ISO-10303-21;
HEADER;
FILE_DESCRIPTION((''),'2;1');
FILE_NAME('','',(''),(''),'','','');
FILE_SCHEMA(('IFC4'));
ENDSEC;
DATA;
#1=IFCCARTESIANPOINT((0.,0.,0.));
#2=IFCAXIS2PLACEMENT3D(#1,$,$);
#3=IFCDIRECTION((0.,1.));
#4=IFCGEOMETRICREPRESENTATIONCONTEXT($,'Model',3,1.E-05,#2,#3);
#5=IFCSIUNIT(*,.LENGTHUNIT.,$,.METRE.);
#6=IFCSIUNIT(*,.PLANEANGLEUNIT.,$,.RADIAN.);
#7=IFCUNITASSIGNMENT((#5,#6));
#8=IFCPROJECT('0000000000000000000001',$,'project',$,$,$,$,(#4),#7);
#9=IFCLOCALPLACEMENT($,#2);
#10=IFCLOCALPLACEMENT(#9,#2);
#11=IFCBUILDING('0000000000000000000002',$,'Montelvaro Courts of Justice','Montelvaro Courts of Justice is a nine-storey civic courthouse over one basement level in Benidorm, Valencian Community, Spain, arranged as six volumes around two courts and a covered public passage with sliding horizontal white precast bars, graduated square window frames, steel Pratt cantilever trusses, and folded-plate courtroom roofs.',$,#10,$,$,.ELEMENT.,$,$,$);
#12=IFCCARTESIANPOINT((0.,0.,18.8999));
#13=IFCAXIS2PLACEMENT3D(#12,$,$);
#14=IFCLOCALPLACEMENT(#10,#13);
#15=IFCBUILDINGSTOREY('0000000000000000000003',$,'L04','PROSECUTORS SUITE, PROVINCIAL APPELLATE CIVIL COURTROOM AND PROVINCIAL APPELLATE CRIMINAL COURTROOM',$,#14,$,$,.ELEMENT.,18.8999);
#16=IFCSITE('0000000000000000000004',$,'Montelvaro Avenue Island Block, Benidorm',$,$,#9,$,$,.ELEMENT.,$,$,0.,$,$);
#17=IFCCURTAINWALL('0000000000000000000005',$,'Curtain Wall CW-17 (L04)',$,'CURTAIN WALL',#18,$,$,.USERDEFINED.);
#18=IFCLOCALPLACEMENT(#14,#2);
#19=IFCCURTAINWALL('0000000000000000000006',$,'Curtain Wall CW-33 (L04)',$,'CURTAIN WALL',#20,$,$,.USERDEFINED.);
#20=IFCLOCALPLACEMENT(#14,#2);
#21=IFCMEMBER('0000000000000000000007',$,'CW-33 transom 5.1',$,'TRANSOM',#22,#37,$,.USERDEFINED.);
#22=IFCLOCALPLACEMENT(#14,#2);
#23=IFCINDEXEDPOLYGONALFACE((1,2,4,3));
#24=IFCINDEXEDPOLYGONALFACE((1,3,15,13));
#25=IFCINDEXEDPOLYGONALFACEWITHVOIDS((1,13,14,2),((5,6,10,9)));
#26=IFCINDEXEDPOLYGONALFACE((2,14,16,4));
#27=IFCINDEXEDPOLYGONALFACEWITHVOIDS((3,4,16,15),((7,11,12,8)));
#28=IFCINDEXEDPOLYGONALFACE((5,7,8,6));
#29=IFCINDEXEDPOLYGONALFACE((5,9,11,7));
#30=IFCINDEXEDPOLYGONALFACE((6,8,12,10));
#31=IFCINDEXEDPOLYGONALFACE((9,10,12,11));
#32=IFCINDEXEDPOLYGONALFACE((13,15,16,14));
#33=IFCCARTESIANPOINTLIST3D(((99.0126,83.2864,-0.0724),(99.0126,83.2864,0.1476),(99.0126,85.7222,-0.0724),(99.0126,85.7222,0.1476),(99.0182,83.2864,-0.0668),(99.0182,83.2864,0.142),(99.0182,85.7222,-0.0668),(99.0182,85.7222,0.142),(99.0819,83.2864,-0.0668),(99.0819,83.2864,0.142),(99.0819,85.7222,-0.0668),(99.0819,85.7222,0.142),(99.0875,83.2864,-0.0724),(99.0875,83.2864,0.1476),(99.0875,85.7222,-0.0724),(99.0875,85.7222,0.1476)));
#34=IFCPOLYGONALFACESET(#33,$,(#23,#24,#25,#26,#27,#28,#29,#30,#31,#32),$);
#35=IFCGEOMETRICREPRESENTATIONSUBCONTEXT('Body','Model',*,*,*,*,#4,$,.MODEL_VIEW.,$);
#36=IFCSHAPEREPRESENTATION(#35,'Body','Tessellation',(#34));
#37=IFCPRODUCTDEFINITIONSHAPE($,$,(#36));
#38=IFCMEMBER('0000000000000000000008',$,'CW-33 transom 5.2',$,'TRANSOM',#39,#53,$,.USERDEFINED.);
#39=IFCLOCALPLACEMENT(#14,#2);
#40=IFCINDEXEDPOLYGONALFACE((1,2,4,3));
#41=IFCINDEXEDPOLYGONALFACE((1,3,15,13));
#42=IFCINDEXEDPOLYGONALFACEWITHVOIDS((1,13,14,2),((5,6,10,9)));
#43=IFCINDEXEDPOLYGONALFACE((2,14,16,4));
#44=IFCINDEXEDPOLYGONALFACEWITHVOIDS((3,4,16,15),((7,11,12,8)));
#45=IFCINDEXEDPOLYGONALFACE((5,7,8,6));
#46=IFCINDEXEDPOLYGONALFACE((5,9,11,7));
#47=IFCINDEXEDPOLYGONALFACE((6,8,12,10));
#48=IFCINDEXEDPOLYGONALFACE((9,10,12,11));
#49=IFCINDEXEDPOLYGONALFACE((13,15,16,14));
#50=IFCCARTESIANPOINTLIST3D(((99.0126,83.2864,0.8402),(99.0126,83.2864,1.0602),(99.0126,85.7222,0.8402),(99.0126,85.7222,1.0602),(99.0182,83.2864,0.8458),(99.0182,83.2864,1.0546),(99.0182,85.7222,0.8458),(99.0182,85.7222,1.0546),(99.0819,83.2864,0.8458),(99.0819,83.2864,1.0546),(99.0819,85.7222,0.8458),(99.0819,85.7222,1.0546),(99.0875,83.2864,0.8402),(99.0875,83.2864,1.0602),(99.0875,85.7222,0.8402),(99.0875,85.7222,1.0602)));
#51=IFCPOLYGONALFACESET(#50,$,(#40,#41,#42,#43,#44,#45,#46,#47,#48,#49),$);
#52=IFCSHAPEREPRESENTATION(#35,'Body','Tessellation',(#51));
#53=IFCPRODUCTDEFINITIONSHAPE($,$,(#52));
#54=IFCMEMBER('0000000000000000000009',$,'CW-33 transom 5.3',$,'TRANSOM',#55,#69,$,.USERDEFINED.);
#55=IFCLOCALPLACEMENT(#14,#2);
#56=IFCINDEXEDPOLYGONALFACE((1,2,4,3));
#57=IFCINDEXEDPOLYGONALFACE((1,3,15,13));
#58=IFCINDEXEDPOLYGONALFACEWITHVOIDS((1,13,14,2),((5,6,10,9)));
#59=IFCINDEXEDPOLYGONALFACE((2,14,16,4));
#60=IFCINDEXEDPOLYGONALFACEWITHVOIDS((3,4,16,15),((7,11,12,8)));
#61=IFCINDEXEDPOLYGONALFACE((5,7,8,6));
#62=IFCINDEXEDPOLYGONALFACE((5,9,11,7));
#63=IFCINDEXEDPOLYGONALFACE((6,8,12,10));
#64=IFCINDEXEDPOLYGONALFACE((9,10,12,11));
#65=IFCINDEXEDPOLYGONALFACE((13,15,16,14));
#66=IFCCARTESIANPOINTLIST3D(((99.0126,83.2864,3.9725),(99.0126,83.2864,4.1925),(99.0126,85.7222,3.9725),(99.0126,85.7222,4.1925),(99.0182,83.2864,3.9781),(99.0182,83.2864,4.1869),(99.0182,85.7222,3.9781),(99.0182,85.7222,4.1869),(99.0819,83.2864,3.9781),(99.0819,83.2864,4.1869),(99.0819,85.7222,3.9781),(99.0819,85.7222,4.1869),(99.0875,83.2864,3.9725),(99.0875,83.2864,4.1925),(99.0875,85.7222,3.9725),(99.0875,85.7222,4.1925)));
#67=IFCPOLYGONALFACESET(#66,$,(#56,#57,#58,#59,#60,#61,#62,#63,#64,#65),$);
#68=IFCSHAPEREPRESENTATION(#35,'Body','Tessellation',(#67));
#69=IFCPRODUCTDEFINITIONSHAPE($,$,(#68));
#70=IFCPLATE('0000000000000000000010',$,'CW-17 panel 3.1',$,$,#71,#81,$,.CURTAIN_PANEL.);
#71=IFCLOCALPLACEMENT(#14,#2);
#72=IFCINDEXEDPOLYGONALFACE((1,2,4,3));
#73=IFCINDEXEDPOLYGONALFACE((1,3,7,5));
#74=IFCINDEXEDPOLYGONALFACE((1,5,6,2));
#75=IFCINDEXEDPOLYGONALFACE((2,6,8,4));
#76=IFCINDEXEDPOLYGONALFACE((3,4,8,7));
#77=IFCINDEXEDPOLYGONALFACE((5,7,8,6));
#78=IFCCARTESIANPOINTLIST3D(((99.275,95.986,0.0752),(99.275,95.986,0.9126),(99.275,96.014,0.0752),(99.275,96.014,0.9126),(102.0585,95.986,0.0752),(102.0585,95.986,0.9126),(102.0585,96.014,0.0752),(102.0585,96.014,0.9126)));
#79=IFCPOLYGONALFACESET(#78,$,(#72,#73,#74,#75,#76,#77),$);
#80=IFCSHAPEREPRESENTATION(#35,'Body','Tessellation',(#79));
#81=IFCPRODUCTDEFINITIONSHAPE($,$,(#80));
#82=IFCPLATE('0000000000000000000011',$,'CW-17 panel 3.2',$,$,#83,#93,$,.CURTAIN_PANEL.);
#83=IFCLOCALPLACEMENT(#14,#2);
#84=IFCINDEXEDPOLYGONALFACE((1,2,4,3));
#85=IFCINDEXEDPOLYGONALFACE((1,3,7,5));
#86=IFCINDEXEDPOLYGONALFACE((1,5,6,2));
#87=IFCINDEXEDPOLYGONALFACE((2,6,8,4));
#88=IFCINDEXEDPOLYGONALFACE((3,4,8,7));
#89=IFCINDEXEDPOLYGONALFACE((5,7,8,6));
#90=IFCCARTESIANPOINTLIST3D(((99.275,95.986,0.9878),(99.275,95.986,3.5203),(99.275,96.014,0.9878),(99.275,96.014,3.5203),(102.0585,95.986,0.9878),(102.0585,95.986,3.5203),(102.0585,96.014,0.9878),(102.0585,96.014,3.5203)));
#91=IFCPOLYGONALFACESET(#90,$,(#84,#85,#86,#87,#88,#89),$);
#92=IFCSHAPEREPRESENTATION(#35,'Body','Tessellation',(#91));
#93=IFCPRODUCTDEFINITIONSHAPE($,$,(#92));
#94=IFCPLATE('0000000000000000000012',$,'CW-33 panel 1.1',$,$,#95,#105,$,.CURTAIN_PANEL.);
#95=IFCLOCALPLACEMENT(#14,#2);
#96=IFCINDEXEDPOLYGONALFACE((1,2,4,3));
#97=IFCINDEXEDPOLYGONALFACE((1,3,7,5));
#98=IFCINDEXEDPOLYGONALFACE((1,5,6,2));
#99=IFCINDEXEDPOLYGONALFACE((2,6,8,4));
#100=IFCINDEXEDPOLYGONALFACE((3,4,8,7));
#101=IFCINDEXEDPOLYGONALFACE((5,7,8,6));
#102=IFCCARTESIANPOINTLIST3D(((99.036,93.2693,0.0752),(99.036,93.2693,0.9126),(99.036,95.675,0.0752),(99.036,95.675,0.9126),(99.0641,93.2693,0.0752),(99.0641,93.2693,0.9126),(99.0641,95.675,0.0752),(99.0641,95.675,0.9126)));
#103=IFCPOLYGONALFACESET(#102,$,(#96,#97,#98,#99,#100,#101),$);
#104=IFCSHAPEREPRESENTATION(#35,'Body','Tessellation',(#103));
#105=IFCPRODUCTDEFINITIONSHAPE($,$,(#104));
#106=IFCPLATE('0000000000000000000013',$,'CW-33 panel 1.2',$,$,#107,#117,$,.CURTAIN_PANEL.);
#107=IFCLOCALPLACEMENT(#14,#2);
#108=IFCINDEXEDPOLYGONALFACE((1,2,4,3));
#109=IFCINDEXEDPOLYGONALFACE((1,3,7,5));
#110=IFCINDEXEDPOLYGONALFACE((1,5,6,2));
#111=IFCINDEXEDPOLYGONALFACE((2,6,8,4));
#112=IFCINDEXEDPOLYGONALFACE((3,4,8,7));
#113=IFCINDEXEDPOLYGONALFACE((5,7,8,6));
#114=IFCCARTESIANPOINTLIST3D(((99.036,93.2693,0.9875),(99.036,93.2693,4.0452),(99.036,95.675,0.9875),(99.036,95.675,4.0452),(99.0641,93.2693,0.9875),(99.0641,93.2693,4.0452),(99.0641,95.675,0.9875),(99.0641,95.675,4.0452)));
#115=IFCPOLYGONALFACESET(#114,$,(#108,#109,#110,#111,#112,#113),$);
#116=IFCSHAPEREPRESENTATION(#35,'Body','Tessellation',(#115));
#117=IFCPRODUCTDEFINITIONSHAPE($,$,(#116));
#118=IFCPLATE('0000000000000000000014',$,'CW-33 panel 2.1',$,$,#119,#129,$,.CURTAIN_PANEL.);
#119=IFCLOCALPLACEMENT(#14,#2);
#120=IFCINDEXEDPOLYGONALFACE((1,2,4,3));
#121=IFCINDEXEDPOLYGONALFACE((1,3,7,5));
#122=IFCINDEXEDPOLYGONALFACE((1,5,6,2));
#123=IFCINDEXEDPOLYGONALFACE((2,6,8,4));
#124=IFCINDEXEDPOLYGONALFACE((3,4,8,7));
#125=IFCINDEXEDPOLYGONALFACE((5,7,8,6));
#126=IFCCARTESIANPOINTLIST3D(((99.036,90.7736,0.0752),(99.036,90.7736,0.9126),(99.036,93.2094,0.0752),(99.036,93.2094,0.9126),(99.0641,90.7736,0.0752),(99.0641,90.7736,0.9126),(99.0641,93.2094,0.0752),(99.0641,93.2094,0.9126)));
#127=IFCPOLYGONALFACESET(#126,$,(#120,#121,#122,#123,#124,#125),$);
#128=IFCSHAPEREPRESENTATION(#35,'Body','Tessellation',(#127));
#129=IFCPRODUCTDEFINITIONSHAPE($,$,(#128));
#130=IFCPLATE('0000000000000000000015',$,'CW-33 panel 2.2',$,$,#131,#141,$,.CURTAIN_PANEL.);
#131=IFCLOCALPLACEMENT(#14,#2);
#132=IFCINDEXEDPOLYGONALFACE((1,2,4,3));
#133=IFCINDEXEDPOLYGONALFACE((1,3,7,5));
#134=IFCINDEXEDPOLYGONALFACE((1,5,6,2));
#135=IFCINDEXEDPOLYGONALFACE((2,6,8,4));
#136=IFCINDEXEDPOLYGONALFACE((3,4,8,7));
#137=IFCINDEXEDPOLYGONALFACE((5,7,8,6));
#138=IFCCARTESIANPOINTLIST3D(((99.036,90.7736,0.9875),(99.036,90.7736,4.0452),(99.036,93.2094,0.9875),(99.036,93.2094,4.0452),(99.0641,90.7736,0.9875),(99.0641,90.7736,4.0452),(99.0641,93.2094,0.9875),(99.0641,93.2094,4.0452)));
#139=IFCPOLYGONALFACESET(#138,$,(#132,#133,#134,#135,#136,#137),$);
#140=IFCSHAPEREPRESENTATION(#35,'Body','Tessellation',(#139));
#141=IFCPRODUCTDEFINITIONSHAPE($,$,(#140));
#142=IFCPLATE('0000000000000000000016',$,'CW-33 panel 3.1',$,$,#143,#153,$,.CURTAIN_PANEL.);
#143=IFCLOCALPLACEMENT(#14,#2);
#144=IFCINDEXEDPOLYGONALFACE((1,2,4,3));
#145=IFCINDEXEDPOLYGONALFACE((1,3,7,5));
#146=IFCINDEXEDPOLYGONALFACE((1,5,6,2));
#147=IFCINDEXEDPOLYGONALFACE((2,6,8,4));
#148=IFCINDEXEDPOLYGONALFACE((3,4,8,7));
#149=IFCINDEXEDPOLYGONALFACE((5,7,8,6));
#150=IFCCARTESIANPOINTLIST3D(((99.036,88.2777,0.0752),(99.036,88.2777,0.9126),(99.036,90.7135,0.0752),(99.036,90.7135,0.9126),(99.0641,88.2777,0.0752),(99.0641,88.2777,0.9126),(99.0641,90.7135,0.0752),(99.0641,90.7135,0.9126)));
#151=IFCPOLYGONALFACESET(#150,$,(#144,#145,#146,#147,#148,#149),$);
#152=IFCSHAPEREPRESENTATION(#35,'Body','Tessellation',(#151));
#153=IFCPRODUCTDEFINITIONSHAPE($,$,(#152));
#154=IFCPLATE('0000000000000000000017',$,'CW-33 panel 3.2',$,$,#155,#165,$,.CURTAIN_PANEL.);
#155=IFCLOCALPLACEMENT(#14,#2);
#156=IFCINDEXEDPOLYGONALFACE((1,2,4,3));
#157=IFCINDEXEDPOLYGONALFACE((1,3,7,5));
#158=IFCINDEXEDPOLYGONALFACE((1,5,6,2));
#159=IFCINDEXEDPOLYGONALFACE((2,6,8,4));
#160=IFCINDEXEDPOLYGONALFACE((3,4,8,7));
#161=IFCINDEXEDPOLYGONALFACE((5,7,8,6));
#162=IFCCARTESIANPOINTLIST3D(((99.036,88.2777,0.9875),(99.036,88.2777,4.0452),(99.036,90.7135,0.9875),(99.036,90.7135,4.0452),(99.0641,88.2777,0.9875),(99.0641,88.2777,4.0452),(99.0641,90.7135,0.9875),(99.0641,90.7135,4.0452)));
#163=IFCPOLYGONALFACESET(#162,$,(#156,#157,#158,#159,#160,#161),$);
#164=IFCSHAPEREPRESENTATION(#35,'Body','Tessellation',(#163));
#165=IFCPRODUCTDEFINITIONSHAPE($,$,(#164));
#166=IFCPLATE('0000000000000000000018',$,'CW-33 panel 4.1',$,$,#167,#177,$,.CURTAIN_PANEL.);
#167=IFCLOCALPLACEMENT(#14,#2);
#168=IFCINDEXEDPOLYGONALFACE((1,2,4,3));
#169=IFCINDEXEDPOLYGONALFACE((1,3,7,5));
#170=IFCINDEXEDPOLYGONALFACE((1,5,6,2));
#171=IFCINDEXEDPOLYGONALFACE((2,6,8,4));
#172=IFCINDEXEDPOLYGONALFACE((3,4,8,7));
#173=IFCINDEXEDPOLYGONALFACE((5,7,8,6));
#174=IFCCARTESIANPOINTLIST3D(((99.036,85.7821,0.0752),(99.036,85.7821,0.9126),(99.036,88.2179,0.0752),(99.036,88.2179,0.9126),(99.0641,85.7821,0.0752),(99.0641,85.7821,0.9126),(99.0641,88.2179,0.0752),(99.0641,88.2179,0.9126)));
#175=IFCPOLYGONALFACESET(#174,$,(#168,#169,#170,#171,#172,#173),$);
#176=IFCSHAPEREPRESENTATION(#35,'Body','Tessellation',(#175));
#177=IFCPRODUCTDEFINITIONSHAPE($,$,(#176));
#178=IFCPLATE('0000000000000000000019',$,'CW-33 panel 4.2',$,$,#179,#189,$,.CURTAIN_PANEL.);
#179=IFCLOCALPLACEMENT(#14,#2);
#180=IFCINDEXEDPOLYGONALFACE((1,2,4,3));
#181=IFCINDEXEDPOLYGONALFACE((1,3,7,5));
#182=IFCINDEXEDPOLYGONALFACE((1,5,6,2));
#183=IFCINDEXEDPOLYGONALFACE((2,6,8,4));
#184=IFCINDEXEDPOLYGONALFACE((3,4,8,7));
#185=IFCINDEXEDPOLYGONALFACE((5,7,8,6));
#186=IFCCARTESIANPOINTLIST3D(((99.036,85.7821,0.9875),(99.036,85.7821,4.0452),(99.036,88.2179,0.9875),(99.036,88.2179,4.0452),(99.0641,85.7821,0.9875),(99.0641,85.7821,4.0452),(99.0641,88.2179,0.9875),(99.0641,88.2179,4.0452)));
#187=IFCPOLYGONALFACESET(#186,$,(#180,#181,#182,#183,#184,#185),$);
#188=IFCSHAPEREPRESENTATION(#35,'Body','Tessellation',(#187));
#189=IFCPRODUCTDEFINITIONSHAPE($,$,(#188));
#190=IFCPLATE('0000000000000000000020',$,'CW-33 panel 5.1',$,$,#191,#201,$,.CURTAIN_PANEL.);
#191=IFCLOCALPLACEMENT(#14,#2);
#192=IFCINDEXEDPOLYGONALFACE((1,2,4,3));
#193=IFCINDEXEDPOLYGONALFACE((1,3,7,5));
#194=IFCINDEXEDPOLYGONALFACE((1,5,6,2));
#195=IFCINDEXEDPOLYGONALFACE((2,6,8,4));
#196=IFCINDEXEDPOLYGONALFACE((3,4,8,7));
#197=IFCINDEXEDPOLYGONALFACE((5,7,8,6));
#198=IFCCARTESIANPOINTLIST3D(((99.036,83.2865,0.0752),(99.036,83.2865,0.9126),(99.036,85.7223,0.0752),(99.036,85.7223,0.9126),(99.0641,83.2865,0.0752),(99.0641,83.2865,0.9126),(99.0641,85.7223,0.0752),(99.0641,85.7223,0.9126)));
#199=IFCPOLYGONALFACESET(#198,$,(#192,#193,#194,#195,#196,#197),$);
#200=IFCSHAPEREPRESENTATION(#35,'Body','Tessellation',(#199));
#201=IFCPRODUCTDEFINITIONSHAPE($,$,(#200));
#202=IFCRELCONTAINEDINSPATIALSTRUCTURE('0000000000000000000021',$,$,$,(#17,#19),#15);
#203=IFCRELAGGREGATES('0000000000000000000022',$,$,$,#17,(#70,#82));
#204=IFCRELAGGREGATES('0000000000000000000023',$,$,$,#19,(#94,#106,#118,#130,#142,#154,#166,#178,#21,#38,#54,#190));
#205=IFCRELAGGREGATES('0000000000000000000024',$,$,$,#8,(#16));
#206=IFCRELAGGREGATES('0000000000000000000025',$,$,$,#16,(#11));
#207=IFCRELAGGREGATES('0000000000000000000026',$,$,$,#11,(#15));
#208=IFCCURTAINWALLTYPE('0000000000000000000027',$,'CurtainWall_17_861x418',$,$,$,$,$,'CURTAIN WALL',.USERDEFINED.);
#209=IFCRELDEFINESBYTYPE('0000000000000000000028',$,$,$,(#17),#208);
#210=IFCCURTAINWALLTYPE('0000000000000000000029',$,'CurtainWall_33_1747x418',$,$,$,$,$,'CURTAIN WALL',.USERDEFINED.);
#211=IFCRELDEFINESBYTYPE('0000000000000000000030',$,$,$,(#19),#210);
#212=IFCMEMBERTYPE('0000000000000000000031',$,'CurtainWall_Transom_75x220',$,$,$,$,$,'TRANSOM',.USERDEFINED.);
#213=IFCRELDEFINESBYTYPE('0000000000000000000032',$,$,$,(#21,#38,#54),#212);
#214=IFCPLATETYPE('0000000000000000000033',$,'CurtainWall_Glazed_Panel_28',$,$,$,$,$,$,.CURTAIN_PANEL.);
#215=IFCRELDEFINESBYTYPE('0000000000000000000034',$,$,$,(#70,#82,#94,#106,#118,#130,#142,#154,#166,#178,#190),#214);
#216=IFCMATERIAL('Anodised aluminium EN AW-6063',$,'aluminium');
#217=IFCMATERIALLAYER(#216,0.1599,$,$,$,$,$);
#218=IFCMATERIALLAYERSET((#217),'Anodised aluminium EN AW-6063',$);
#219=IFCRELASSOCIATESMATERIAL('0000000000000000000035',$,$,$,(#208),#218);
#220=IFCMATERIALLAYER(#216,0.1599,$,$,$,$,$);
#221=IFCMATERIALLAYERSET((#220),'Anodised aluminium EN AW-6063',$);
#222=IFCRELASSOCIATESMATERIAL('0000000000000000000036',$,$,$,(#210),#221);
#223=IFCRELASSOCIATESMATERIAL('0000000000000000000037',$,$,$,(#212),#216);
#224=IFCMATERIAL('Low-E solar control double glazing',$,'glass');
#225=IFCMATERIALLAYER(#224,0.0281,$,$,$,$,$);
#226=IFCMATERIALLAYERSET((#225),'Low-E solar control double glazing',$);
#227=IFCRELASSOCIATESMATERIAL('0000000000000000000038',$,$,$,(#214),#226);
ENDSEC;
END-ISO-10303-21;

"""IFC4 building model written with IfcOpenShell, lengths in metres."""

from ifc_helpers import new_model, si_unit, direction, frame, origin, origin_2d, place, context, subcontext, project, spatial, rectangle, hollow_rectangle, extrude, material, layer, layer_set, material_profile, profile_set, type_object, element, aggregate, save


model = new_model("IFC4")

# Units and contexts
model_context = context("Model", 3, precision=1e-05, world=origin(), true_north=direction((0.0, 1.0)))
body_context = subcontext(model_context, "Body", "Model", "MODEL_VIEW")
ifc_project = project(units=[si_unit("LENGTHUNIT", "METRE"), si_unit("PLANEANGLEUNIT", "RADIAN")], contexts=[model_context])

# Site, building, storey
site_placement = place(None, origin())
site = spatial("IfcSite", under=ifc_project, at=site_placement, Name="Montelvaro Avenue Island Block, Benidorm", CompositionType="ELEMENT", RefElevation=0.0)
building_placement = place(site_placement, origin())
building = spatial("IfcBuilding", under=site, at=building_placement, Name="Montelvaro Courts of Justice", Description="Montelvaro Courts of Justice is a nine-storey civic courthouse over one basement level in Benidorm, Valencian Community, Spain, arranged as six volumes around two courts and a covered public passage with sliding horizontal white precast bars, graduated square window frames, steel Pratt cantilever trusses, and folded-plate courtroom roofs.", CompositionType="ELEMENT")
storey_placement = place(building_placement, frame((0.0, 0.0, 18.8999)))
storey = spatial("IfcBuildingStorey", under=building, at=storey_placement, Name="L04", Description="PROSECUTORS SUITE, PROVINCIAL APPELLATE CIVIL COURTROOM AND PROVINCIAL APPELLATE CRIMINAL COURTROOM", CompositionType="ELEMENT", Elevation=18.8999)

# Curtain wall
ifc_material_1 = material(Name="Anodised aluminium EN AW-6063", Category="aluminium")
ifc_layer_1 = layer(ifc_material_1, 0.1599)
ifc_layer_set_1 = layer_set([ifc_layer_1], Name="Anodised aluminium EN AW-6063")
curtain_wall_type_1 = type_object("IfcCurtainWallType", Name="CurtainWall_17_861x418", ElementType="CURTAIN WALL", PredefinedType="USERDEFINED", material=ifc_layer_set_1)
curtain_wall_1_placement = place(storey_placement, origin())
curtain_wall_1 = element("IfcCurtainWall", 1, at=curtain_wall_1_placement, inside=storey, type_object=curtain_wall_type_1, Name="Curtain Wall CW-17 (L04)", ObjectType="CURTAIN WALL", PredefinedType="USERDEFINED")

# Curtain wall, members
ifc_layer_2 = layer(ifc_material_1, 0.1599)
ifc_layer_set_2 = layer_set([ifc_layer_2], Name="Anodised aluminium EN AW-6063")
curtain_wall_type_2 = type_object("IfcCurtainWallType", Name="CurtainWall_33_1747x418", ElementType="CURTAIN WALL", PredefinedType="USERDEFINED", material=ifc_layer_set_2)
curtain_wall_2_placement = place(storey_placement, origin())
curtain_wall_2 = element("IfcCurtainWall", 2, at=curtain_wall_2_placement, inside=storey, type_object=curtain_wall_type_2, Name="Curtain Wall CW-33 (L04)", ObjectType="CURTAIN WALL", PredefinedType="USERDEFINED")
ifc_material_profile_1 = material_profile(ifc_material_1, hollow_rectangle(XDim=0.075, YDim=0.22, WallThickness=0.0056, at=origin_2d()), Name="ALU-T 75x220")
ifc_profile_set_1 = profile_set([ifc_material_profile_1], Name="Anodised aluminium EN AW-6063")
member_type_1 = type_object("IfcMemberType", Name="CurtainWall_Transom_75x220", ElementType="TRANSOM", PredefinedType="USERDEFINED", material=ifc_profile_set_1)
member_1_placement = place(storey_placement, frame((99.05, 85.7222, 0.0376), z_axis=(0.0, -1.0, 0.0), x_axis=(1.0, 0.0, 0.0)))
member_1 = element("IfcMember", 3, at=member_1_placement, type_object=member_type_1, Name="CW-33 transom 5.1", ObjectType="TRANSOM", PredefinedType="USERDEFINED", context=body_context, shape_type="SweptSolid", body=[
    extrude(hollow_rectangle(XDim=0.075, YDim=0.22, WallThickness=0.0056, at=origin_2d()), origin(), (0.0, 0.0, 1.0), 2.4358),
])
member_2_placement = place(storey_placement, frame((99.05, 85.7222, 0.9502), z_axis=(0.0, -1.0, 0.0), x_axis=(1.0, 0.0, 0.0)))
member_2 = element("IfcMember", 4, at=member_2_placement, type_object=member_type_1, Name="CW-33 transom 5.2", ObjectType="TRANSOM", PredefinedType="USERDEFINED", context=body_context, shape_type="SweptSolid", body=[
    extrude(hollow_rectangle(XDim=0.075, YDim=0.22, WallThickness=0.0056, at=origin_2d()), origin(), (0.0, 0.0, 1.0), 2.4358),
])
member_3_placement = place(storey_placement, frame((99.05, 85.7222, 4.0825), z_axis=(0.0, -1.0, 0.0), x_axis=(1.0, 0.0, 0.0)))
member_3 = element("IfcMember", 5, at=member_3_placement, type_object=member_type_1, Name="CW-33 transom 5.3", ObjectType="TRANSOM", PredefinedType="USERDEFINED", context=body_context, shape_type="SweptSolid", body=[
    extrude(hollow_rectangle(XDim=0.075, YDim=0.22, WallThickness=0.0056, at=origin_2d()), origin(), (0.0, 0.0, 1.0), 2.4358),
])

# Plates
ifc_material_2 = material(Name="Low-E solar control double glazing", Category="glass")
ifc_layer_3 = layer(ifc_material_2, 0.0281)
ifc_layer_set_3 = layer_set([ifc_layer_3], Name="Low-E solar control double glazing")
plate_type = type_object("IfcPlateType", Name="CurtainWall_Glazed_Panel_28", PredefinedType="CURTAIN_PANEL", material=ifc_layer_set_3)
plate_1_placement = place(storey_placement, frame((100.6667, 96.0, 0.0752), z_axis=(0.0, 0.0, 1.0), x_axis=(-1.0, 0.0, 0.0)))
plate_1 = element("IfcPlate", 6, at=plate_1_placement, type_object=plate_type, Name="CW-17 panel 3.1", PredefinedType="CURTAIN_PANEL", context=body_context, shape_type="SweptSolid", body=[
    extrude(rectangle(XDim=2.7834, YDim=0.0281, at=origin_2d()), origin(), (0.0, 0.0, 1.0), 0.8374),
])
plate_2_placement = place(storey_placement, frame((100.6667, 96.0, 0.9878), z_axis=(0.0, 0.0, 1.0), x_axis=(-1.0, 0.0, 0.0)))
plate_2 = element("IfcPlate", 7, at=plate_2_placement, type_object=plate_type, Name="CW-17 panel 3.2", PredefinedType="CURTAIN_PANEL", context=body_context, shape_type="SweptSolid", body=[
    extrude(rectangle(XDim=2.7834, YDim=0.0281, at=origin_2d()), origin(), (0.0, 0.0, 1.0), 2.5325),
])
aggregate(curtain_wall_1, [plate_1, plate_2])
plate_3_placement = place(storey_placement, frame((99.05, 94.4722, 0.0752), z_axis=(0.0, 0.0, 1.0), x_axis=(0.0, -1.0, 0.0)))
plate_3 = element("IfcPlate", 8, at=plate_3_placement, type_object=plate_type, Name="CW-33 panel 1.1", PredefinedType="CURTAIN_PANEL", context=body_context, shape_type="SweptSolid", body=[
    extrude(rectangle(XDim=2.4058, YDim=0.0281, at=origin_2d()), origin(), (0.0, 0.0, 1.0), 0.8374),
])
plate_4_placement = place(storey_placement, frame((99.05, 94.4722, 0.9875), z_axis=(0.0, 0.0, 1.0), x_axis=(0.0, -1.0, 0.0)))
plate_4 = element("IfcPlate", 9, at=plate_4_placement, type_object=plate_type, Name="CW-33 panel 1.2", PredefinedType="CURTAIN_PANEL", context=body_context, shape_type="SweptSolid", body=[
    extrude(rectangle(XDim=2.4058, YDim=0.0281, at=origin_2d()), origin(), (0.0, 0.0, 1.0), 3.0576),
])
plate_5_placement = place(storey_placement, frame((99.05, 91.9915, 0.0752), z_axis=(0.0, 0.0, 1.0), x_axis=(0.0, -1.0, 0.0)))
plate_5 = element("IfcPlate", 10, at=plate_5_placement, type_object=plate_type, Name="CW-33 panel 2.1", PredefinedType="CURTAIN_PANEL", context=body_context, shape_type="SweptSolid", body=[
    extrude(rectangle(XDim=2.4358, YDim=0.0281, at=origin_2d()), origin(), (0.0, 0.0, 1.0), 0.8374),
])
plate_6_placement = place(storey_placement, frame((99.05, 91.9915, 0.9875), z_axis=(0.0, 0.0, 1.0), x_axis=(0.0, -1.0, 0.0)))
plate_6 = element("IfcPlate", 11, at=plate_6_placement, type_object=plate_type, Name="CW-33 panel 2.2", PredefinedType="CURTAIN_PANEL", context=body_context, shape_type="SweptSolid", body=[
    extrude(rectangle(XDim=2.4358, YDim=0.0281, at=origin_2d()), origin(), (0.0, 0.0, 1.0), 3.0576),
])
plate_7_placement = place(storey_placement, frame((99.05, 89.4956, 0.0752), z_axis=(0.0, 0.0, 1.0), x_axis=(0.0, -1.0, 0.0)))
plate_7 = element("IfcPlate", 12, at=plate_7_placement, type_object=plate_type, Name="CW-33 panel 3.1", PredefinedType="CURTAIN_PANEL", context=body_context, shape_type="SweptSolid", body=[
    extrude(rectangle(XDim=2.4358, YDim=0.0281, at=origin_2d()), origin(), (0.0, 0.0, 1.0), 0.8374),
])
plate_8_placement = place(storey_placement, frame((99.05, 89.4956, 0.9875), z_axis=(0.0, 0.0, 1.0), x_axis=(0.0, -1.0, 0.0)))
plate_8 = element("IfcPlate", 13, at=plate_8_placement, type_object=plate_type, Name="CW-33 panel 3.2", PredefinedType="CURTAIN_PANEL", context=body_context, shape_type="SweptSolid", body=[
    extrude(rectangle(XDim=2.4358, YDim=0.0281, at=origin_2d()), origin(), (0.0, 0.0, 1.0), 3.0576),
])
plate_9_placement = place(storey_placement, frame((99.05, 87.0, 0.0752), z_axis=(0.0, 0.0, 1.0), x_axis=(0.0, -1.0, 0.0)))
plate_9 = element("IfcPlate", 14, at=plate_9_placement, type_object=plate_type, Name="CW-33 panel 4.1", PredefinedType="CURTAIN_PANEL", context=body_context, shape_type="SweptSolid", body=[
    extrude(rectangle(XDim=2.4358, YDim=0.0281, at=origin_2d()), origin(), (0.0, 0.0, 1.0), 0.8374),
])
plate_10_placement = place(storey_placement, frame((99.05, 87.0, 0.9875), z_axis=(0.0, 0.0, 1.0), x_axis=(0.0, -1.0, 0.0)))
plate_10 = element("IfcPlate", 15, at=plate_10_placement, type_object=plate_type, Name="CW-33 panel 4.2", PredefinedType="CURTAIN_PANEL", context=body_context, shape_type="SweptSolid", body=[
    extrude(rectangle(XDim=2.4358, YDim=0.0281, at=origin_2d()), origin(), (0.0, 0.0, 1.0), 3.0576),
])
plate_11_placement = place(storey_placement, frame((99.05, 84.5044, 0.0752), z_axis=(0.0, 0.0, 1.0), x_axis=(0.0, -1.0, 0.0)))
plate_11 = element("IfcPlate", 16, at=plate_11_placement, type_object=plate_type, Name="CW-33 panel 5.1", PredefinedType="CURTAIN_PANEL", context=body_context, shape_type="SweptSolid", body=[
    extrude(rectangle(XDim=2.4358, YDim=0.0281, at=origin_2d()), origin(), (0.0, 0.0, 1.0), 0.8374),
])
aggregate(curtain_wall_2, [plate_3, plate_4, plate_5, plate_6, plate_7, plate_8, plate_9, plate_10, member_1, member_2, member_3, plate_11])

save(model, "model.ifc")
